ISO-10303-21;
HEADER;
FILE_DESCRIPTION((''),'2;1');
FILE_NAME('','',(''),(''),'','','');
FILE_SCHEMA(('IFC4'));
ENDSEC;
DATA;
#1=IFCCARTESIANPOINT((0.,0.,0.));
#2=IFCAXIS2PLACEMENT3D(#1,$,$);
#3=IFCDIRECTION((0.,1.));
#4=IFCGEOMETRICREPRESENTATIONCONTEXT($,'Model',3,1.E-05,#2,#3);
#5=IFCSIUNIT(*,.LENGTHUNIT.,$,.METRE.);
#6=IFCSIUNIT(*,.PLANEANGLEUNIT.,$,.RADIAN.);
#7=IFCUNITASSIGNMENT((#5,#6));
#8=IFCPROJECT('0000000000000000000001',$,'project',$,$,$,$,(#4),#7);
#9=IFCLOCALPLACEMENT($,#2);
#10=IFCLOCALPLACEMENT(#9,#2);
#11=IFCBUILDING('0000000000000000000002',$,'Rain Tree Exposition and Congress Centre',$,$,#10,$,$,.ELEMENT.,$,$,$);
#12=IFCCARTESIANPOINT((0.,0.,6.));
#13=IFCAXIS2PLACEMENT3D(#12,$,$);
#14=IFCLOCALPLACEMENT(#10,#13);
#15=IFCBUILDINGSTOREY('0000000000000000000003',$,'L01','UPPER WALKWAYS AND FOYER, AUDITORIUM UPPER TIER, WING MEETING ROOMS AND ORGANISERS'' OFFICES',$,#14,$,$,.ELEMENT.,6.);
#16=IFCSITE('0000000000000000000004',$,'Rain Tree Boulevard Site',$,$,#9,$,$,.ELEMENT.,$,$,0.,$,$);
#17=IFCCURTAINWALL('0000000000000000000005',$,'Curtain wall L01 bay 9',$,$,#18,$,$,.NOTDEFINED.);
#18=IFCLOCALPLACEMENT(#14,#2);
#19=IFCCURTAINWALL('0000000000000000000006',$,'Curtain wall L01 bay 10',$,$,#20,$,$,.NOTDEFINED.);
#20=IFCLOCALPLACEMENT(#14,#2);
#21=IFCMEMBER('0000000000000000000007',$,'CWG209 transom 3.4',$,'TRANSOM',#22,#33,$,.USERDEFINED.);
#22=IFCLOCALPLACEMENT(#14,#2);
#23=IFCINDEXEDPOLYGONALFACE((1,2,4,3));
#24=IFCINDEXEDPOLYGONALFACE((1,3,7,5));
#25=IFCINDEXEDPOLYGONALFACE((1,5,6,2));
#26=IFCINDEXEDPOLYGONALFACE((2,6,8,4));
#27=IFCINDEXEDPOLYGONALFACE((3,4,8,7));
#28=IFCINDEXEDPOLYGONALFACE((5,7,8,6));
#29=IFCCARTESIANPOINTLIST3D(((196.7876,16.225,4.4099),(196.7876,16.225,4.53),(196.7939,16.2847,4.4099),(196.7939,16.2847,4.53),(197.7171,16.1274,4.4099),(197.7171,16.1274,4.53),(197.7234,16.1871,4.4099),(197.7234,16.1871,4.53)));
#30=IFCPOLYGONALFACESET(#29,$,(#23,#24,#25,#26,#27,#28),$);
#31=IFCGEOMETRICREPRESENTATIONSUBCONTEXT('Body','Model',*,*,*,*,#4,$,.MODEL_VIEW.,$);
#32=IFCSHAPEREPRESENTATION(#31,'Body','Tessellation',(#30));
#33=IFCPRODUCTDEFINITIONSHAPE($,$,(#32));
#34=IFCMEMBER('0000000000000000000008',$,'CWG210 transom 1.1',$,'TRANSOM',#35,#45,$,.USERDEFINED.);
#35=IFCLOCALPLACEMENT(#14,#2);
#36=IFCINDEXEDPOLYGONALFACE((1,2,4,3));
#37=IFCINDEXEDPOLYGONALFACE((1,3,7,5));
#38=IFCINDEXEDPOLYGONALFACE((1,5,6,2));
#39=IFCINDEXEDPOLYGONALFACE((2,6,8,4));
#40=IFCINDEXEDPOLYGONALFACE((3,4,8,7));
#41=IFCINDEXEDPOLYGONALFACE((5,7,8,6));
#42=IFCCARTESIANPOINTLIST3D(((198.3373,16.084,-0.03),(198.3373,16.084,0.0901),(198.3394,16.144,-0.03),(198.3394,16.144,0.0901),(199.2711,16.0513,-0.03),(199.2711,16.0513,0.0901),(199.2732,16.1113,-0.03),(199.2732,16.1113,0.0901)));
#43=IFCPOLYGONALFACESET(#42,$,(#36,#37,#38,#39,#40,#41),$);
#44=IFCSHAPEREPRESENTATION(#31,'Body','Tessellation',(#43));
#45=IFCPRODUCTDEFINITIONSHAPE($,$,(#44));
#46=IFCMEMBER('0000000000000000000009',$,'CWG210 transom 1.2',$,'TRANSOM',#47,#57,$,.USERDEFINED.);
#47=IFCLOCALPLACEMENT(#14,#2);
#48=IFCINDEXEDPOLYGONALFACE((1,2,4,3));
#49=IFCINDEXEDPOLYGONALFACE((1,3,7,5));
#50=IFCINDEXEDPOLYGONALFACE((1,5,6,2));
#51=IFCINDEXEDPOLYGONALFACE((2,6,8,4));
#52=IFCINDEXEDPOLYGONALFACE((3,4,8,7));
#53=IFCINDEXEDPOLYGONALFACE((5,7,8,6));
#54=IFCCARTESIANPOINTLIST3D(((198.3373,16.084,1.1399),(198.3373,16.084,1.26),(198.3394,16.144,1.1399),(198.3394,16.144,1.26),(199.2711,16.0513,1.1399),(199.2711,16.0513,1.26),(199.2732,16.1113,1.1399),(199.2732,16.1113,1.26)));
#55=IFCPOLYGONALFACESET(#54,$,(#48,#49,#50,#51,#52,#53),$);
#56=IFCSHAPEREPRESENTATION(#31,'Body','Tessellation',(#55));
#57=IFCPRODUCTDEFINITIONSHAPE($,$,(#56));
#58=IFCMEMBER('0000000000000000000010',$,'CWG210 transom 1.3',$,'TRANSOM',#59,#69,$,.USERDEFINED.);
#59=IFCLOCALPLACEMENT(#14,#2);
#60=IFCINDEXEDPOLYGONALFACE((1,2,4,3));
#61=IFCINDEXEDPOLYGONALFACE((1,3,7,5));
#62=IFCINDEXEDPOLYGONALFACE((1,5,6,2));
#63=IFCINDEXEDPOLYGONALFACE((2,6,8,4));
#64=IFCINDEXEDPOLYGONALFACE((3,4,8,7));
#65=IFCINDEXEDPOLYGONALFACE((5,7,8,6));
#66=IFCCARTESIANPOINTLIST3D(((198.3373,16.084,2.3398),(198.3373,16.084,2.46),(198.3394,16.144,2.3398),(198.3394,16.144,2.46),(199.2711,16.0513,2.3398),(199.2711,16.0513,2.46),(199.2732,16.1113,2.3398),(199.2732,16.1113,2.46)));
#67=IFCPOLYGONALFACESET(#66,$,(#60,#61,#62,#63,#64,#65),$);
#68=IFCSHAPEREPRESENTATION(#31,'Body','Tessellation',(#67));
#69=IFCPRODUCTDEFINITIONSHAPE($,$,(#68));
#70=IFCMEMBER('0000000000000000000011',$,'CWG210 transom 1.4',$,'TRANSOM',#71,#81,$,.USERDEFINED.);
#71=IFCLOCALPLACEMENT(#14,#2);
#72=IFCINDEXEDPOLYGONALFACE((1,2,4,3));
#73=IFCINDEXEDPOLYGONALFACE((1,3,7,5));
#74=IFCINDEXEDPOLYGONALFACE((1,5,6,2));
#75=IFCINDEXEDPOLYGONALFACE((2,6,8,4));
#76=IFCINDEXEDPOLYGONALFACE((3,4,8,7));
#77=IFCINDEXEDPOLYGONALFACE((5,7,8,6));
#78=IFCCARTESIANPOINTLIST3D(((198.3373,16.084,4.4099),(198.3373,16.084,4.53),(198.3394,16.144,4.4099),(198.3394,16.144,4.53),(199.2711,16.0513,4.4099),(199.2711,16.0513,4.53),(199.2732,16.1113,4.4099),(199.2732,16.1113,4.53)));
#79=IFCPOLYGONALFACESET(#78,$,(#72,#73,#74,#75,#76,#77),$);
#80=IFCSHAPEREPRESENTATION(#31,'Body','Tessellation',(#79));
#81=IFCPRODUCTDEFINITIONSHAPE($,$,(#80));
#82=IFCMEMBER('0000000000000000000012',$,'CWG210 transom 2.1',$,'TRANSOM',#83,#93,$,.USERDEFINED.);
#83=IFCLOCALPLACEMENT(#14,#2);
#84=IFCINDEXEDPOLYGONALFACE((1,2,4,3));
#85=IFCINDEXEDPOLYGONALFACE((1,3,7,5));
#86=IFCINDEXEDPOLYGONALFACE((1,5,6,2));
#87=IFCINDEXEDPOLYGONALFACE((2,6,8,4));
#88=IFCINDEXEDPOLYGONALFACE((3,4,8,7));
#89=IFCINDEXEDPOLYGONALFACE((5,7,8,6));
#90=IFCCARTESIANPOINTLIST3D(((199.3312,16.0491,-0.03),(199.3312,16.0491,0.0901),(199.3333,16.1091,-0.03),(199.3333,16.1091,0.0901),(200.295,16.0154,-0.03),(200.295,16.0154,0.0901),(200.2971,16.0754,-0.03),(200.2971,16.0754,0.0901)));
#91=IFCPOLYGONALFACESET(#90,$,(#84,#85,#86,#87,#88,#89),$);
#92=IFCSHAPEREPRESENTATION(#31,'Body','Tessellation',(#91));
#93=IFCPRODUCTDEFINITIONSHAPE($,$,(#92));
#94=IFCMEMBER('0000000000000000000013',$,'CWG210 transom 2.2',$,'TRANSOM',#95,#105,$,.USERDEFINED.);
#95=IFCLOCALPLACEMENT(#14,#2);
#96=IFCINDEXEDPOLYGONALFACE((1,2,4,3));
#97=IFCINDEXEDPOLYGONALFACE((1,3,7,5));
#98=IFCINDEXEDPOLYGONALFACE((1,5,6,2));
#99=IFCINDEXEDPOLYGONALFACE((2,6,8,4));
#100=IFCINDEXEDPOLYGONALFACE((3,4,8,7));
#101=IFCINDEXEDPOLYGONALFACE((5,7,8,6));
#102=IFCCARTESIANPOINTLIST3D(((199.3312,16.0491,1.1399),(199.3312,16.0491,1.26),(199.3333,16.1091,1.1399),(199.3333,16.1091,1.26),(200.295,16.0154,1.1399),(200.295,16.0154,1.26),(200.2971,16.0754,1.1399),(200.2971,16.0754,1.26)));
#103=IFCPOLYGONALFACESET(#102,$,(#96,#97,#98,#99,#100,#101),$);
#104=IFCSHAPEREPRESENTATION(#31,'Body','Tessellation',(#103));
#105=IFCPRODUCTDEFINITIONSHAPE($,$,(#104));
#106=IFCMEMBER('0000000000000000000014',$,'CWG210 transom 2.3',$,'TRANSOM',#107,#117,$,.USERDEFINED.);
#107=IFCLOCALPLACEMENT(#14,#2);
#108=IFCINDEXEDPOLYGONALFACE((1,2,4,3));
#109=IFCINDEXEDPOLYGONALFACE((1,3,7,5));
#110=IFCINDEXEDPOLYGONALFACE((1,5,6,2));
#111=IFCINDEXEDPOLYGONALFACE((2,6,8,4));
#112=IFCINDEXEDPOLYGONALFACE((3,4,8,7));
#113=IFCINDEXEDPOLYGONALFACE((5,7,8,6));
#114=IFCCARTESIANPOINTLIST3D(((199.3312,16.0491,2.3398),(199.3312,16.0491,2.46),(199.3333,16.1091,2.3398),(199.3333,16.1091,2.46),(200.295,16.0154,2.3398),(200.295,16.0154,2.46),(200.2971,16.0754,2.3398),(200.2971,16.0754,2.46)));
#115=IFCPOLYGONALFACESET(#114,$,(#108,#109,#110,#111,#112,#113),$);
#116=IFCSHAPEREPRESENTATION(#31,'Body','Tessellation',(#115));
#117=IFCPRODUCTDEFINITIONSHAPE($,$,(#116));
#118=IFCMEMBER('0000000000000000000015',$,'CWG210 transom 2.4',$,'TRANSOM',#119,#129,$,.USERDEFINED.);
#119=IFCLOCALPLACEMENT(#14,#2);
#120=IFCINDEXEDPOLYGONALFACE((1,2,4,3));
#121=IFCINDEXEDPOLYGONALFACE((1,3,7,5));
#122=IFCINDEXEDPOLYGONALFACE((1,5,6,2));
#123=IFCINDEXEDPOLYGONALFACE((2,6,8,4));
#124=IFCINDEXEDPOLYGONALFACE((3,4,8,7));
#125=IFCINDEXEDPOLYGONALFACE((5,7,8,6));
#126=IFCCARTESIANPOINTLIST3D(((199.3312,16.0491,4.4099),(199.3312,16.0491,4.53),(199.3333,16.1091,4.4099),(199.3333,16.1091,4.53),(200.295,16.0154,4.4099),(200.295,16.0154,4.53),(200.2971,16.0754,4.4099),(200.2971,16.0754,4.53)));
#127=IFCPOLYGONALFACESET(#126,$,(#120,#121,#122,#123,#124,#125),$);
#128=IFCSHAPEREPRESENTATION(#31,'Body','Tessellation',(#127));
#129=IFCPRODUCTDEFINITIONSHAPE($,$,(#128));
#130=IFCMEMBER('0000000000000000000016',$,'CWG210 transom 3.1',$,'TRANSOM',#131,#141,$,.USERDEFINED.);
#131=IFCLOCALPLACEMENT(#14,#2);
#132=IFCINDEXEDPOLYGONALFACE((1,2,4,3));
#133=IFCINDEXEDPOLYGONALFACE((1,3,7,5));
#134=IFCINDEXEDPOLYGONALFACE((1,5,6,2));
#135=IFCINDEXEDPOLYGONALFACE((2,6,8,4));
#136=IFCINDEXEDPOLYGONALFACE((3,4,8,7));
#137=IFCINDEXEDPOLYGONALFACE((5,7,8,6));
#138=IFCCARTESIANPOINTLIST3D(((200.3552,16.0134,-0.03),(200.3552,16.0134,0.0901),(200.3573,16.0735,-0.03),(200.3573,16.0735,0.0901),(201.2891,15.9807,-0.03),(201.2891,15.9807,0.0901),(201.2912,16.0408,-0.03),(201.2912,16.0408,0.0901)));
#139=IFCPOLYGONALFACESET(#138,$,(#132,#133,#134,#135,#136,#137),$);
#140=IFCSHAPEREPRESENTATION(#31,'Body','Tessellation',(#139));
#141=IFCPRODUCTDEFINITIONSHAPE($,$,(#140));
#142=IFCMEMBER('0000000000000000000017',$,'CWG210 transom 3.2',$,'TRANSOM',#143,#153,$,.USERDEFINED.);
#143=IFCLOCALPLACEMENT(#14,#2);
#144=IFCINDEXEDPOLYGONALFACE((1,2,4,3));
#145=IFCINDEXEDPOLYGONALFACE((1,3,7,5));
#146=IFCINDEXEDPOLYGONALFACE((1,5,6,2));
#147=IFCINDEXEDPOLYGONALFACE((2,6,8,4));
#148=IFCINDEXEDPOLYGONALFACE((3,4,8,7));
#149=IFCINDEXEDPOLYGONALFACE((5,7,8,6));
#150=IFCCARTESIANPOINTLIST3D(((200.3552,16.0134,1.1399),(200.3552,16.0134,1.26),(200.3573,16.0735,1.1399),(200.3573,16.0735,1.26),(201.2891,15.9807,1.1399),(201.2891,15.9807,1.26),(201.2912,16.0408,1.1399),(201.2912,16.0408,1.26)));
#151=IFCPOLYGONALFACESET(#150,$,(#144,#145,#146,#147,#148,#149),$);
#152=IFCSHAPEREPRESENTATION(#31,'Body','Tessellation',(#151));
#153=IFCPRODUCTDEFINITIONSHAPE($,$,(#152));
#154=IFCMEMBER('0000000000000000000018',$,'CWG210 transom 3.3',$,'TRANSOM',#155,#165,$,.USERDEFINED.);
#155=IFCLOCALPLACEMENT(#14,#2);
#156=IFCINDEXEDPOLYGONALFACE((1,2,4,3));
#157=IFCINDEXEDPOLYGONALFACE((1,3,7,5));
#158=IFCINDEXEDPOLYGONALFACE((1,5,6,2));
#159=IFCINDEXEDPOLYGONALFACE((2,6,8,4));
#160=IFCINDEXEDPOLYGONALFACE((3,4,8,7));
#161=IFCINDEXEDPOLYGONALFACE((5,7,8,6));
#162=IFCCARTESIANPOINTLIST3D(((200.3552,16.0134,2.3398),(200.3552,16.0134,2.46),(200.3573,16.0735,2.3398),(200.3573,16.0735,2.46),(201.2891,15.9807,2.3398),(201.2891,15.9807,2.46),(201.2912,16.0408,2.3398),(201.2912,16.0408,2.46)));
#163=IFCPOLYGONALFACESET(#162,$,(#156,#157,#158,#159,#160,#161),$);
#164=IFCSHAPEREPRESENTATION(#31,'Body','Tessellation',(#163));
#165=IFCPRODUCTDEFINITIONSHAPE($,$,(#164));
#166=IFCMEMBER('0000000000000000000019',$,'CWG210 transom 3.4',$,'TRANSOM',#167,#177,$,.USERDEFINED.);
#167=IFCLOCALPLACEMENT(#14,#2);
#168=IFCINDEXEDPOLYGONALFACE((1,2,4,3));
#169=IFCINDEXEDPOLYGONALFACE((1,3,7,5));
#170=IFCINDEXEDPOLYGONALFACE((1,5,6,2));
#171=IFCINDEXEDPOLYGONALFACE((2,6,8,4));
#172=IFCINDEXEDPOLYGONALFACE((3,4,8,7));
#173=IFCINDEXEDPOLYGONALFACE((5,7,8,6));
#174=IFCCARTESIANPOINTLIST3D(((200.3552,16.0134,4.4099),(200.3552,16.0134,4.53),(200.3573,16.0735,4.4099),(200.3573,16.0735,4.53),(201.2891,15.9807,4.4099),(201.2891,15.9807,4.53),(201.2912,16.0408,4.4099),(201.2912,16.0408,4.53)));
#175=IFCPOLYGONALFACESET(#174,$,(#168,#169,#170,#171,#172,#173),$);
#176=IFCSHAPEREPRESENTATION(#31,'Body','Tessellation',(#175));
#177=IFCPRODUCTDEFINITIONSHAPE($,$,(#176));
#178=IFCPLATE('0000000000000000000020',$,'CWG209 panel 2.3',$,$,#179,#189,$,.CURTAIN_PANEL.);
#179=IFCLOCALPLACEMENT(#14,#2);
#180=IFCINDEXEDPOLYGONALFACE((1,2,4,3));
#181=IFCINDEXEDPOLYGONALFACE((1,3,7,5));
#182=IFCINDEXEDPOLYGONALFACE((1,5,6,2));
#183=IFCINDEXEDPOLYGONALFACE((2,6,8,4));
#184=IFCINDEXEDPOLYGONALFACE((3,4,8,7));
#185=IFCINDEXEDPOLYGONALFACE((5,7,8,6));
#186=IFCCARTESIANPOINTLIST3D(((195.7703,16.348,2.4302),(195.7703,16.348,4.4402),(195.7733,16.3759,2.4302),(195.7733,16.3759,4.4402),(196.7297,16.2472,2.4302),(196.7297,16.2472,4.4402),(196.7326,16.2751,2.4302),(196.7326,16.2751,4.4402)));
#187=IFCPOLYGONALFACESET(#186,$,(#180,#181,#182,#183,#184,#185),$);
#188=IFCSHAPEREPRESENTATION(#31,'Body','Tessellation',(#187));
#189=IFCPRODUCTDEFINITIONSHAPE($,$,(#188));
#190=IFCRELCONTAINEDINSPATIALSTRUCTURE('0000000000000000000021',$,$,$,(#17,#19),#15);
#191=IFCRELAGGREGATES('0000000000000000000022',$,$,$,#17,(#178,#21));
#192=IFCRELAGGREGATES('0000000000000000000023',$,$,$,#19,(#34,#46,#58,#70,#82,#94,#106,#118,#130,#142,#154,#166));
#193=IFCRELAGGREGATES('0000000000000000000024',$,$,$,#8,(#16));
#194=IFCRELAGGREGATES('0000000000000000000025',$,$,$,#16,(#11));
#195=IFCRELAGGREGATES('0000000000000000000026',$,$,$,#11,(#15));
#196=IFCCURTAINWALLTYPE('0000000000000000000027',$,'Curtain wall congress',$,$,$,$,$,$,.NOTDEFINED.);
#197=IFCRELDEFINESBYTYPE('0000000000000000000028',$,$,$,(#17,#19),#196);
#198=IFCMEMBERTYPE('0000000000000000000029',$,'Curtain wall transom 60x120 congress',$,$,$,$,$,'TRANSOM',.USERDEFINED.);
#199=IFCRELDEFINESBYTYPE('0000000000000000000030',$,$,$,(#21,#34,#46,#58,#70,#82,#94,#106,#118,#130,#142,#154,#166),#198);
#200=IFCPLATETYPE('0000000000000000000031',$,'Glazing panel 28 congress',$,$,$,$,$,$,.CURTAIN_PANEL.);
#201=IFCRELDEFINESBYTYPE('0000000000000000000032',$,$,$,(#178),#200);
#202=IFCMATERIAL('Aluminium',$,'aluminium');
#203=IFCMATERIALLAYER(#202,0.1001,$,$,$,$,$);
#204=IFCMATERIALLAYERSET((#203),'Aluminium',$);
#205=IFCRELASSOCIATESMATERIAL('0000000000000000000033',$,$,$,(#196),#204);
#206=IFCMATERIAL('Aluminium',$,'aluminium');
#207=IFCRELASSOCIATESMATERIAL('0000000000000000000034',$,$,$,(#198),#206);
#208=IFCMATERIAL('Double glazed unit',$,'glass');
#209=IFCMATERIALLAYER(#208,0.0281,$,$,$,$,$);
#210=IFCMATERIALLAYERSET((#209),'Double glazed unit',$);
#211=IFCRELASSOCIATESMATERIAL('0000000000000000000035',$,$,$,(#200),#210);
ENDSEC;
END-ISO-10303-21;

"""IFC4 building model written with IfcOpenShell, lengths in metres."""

from ifc_helpers import new_model, si_unit, direction, frame, origin, origin_2d, place, context, subcontext, project, spatial, rectangle, extrude, material, layer, layer_set, material_profile, profile_set, type_object, element, aggregate, save


model = new_model("IFC4")

# Units and contexts
model_context = context("Model", 3, precision=1e-05, world=origin(), true_north=direction((0.0, 1.0)))
body_context = subcontext(model_context, "Body", "Model", "MODEL_VIEW")
ifc_project = project(units=[si_unit("LENGTHUNIT", "METRE"), si_unit("PLANEANGLEUNIT", "RADIAN")], contexts=[model_context])

# Site, building, storey
site_placement = place(None, origin())
site = spatial("IfcSite", under=ifc_project, at=site_placement, Name="Rain Tree Boulevard Site", CompositionType="ELEMENT", RefElevation=0.0)
building_placement = place(site_placement, origin())
building = spatial("IfcBuilding", under=site, at=building_placement, Name="Rain Tree Exposition and Congress Centre", CompositionType="ELEMENT")
storey_placement = place(building_placement, frame((0.0, 0.0, 6.0)))
storey = spatial("IfcBuildingStorey", under=building, at=storey_placement, Name="L01", Description="UPPER WALKWAYS AND FOYER, AUDITORIUM UPPER TIER, WING MEETING ROOMS AND ORGANISERS' OFFICES", CompositionType="ELEMENT", Elevation=6.0)

# Curtain walls
ifc_material_1 = material(Name="Aluminium", Category="aluminium")
ifc_layer_1 = layer(ifc_material_1, 0.1001)
ifc_layer_set_1 = layer_set([ifc_layer_1], Name="Aluminium")
curtain_wall_type = type_object("IfcCurtainWallType", Name="Curtain wall congress", PredefinedType="NOTDEFINED", material=ifc_layer_set_1)
curtain_wall_1_placement = place(storey_placement, origin())
curtain_wall_1 = element("IfcCurtainWall", 1, at=curtain_wall_1_placement, inside=storey, type_object=curtain_wall_type, Name="Curtain wall L01 bay 9", PredefinedType="NOTDEFINED")
curtain_wall_2_placement = place(storey_placement, origin())
curtain_wall_2 = element("IfcCurtainWall", 2, at=curtain_wall_2_placement, inside=storey, type_object=curtain_wall_type, Name="Curtain wall L01 bay 10", PredefinedType="NOTDEFINED")

# Members
ifc_material_2 = material(Name="Aluminium", Category="aluminium")
ifc_material_profile_1 = material_profile(ifc_material_2, rectangle(XDim=0.0601, YDim=0.1201, at=origin_2d()), Name="AL 60x120")
ifc_profile_set_1 = profile_set([ifc_material_profile_1], Name="Aluminium")
member_type_1 = type_object("IfcMemberType", Name="Curtain wall transom 60x120 congress", ElementType="TRANSOM", PredefinedType="USERDEFINED", material=ifc_profile_set_1)
member_1_placement = place(storey_placement, frame((196.7908, 16.2549, 4.47), z_axis=(0.994525, -0.104494, 0.0), x_axis=(0.104494, 0.994525, 0.0)))
member_1 = element("IfcMember", 3, at=member_1_placement, type_object=member_type_1, Name="CWG209 transom 3.4", ObjectType="TRANSOM", PredefinedType="USERDEFINED", context=body_context, shape_type="SweptSolid", body=[
    extrude(rectangle(XDim=0.0601, YDim=0.1201, at=origin_2d()), origin(), (0.0, 0.0, 1.0), 0.9346),
])
member_2_placement = place(storey_placement, frame((198.3384, 16.114, 0.03), z_axis=(0.999387, -0.035011, 0.0), x_axis=(0.035011, 0.999387, 0.0)))
member_2 = element("IfcMember", 4, at=member_2_placement, type_object=member_type_1, Name="CWG210 transom 1.1", ObjectType="TRANSOM", PredefinedType="USERDEFINED", context=body_context, shape_type="SweptSolid", body=[
    extrude(rectangle(XDim=0.0601, YDim=0.1201, at=origin_2d()), origin(), (0.0, 0.0, 1.0), 0.9343),
])
member_3_placement = place(storey_placement, frame((198.3384, 16.114, 1.2), z_axis=(0.999387, -0.035011, 0.0), x_axis=(0.035011, 0.999387, 0.0)))
member_3 = element("IfcMember", 5, at=member_3_placement, type_object=member_type_1, Name="CWG210 transom 1.2", ObjectType="TRANSOM", PredefinedType="USERDEFINED", context=body_context, shape_type="SweptSolid", body=[
    extrude(rectangle(XDim=0.0601, YDim=0.1201, at=origin_2d()), origin(), (0.0, 0.0, 1.0), 0.9343),
])
member_4_placement = place(storey_placement, frame((198.3384, 16.114, 2.3999), z_axis=(0.999387, -0.035011, 0.0), x_axis=(0.035011, 0.999387, 0.0)))
member_4 = element("IfcMember", 6, at=member_4_placement, type_object=member_type_1, Name="CWG210 transom 1.3", ObjectType="TRANSOM", PredefinedType="USERDEFINED", context=body_context, shape_type="SweptSolid", body=[
    extrude(rectangle(XDim=0.0601, YDim=0.1201, at=origin_2d()), origin(), (0.0, 0.0, 1.0), 0.9343),
])
member_5_placement = place(storey_placement, frame((198.3384, 16.114, 4.47), z_axis=(0.999387, -0.035011, 0.0), x_axis=(0.035011, 0.999387, 0.0)))
member_5 = element("IfcMember", 7, at=member_5_placement, type_object=member_type_1, Name="CWG210 transom 1.4", ObjectType="TRANSOM", PredefinedType="USERDEFINED", context=body_context, shape_type="SweptSolid", body=[
    extrude(rectangle(XDim=0.0601, YDim=0.1201, at=origin_2d()), origin(), (0.0, 0.0, 1.0), 0.9343),
])
member_6_placement = place(storey_placement, frame((199.3323, 16.0791, 0.03), z_axis=(0.99939, -0.034933, 0.0), x_axis=(0.034933, 0.99939, 0.0)))
member_6 = element("IfcMember", 8, at=member_6_placement, type_object=member_type_1, Name="CWG210 transom 2.1", ObjectType="TRANSOM", PredefinedType="USERDEFINED", context=body_context, shape_type="SweptSolid", body=[
    extrude(rectangle(XDim=0.0601, YDim=0.1201, at=origin_2d()), origin(), (0.0, 0.0, 1.0), 0.9644),
])
member_7_placement = place(storey_placement, frame((199.3323, 16.0791, 1.2), z_axis=(0.99939, -0.034933, 0.0), x_axis=(0.034933, 0.99939, 0.0)))
member_7 = element("IfcMember", 9, at=member_7_placement, type_object=member_type_1, Name="CWG210 transom 2.2", ObjectType="TRANSOM", PredefinedType="USERDEFINED", context=body_context, shape_type="SweptSolid", body=[
    extrude(rectangle(XDim=0.0601, YDim=0.1201, at=origin_2d()), origin(), (0.0, 0.0, 1.0), 0.9644),
])
member_8_placement = place(storey_placement, frame((199.3323, 16.0791, 2.3999), z_axis=(0.99939, -0.034933, 0.0), x_axis=(0.034933, 0.99939, 0.0)))
member_8 = element("IfcMember", 10, at=member_8_placement, type_object=member_type_1, Name="CWG210 transom 2.3", ObjectType="TRANSOM", PredefinedType="USERDEFINED", context=body_context, shape_type="SweptSolid", body=[
    extrude(rectangle(XDim=0.0601, YDim=0.1201, at=origin_2d()), origin(), (0.0, 0.0, 1.0), 0.9644),
])
member_9_placement = place(storey_placement, frame((199.3323, 16.0791, 4.47), z_axis=(0.99939, -0.034933, 0.0), x_axis=(0.034933, 0.99939, 0.0)))
member_9 = element("IfcMember", 11, at=member_9_placement, type_object=member_type_1, Name="CWG210 transom 2.4", ObjectType="TRANSOM", PredefinedType="USERDEFINED", context=body_context, shape_type="SweptSolid", body=[
    extrude(rectangle(XDim=0.0601, YDim=0.1201, at=origin_2d()), origin(), (0.0, 0.0, 1.0), 0.9644),
])
member_10_placement = place(storey_placement, frame((200.3562, 16.0435, 0.03), z_axis=(0.999387, -0.035002, 0.0), x_axis=(0.035002, 0.999387, 0.0)))
member_10 = element("IfcMember", 12, at=member_10_placement, type_object=member_type_1, Name="CWG210 transom 3.1", ObjectType="TRANSOM", PredefinedType="USERDEFINED", context=body_context, shape_type="SweptSolid", body=[
    extrude(rectangle(XDim=0.0601, YDim=0.1201, at=origin_2d()), origin(), (0.0, 0.0, 1.0), 0.9346),
])
member_11_placement = place(storey_placement, frame((200.3562, 16.0435, 1.2), z_axis=(0.999387, -0.035002, 0.0), x_axis=(0.035002, 0.999387, 0.0)))
member_11 = element("IfcMember", 13, at=member_11_placement, type_object=member_type_1, Name="CWG210 transom 3.2", ObjectType="TRANSOM", PredefinedType="USERDEFINED", context=body_context, shape_type="SweptSolid", body=[
    extrude(rectangle(XDim=0.0601, YDim=0.1201, at=origin_2d()), origin(), (0.0, 0.0, 1.0), 0.9346),
])
member_12_placement = place(storey_placement, frame((200.3562, 16.0435, 2.3999), z_axis=(0.999387, -0.035002, 0.0), x_axis=(0.035002, 0.999387, 0.0)))
member_12 = element("IfcMember", 14, at=member_12_placement, type_object=member_type_1, Name="CWG210 transom 3.3", ObjectType="TRANSOM", PredefinedType="USERDEFINED", context=body_context, shape_type="SweptSolid", body=[
    extrude(rectangle(XDim=0.0601, YDim=0.1201, at=origin_2d()), origin(), (0.0, 0.0, 1.0), 0.9346),
])
member_13_placement = place(storey_placement, frame((200.3562, 16.0435, 4.47), z_axis=(0.999387, -0.035002, 0.0), x_axis=(0.035002, 0.999387, 0.0)))
member_13 = element("IfcMember", 15, at=member_13_placement, type_object=member_type_1, Name="CWG210 transom 3.4", ObjectType="TRANSOM", PredefinedType="USERDEFINED", context=body_context, shape_type="SweptSolid", body=[
    extrude(rectangle(XDim=0.0601, YDim=0.1201, at=origin_2d()), origin(), (0.0, 0.0, 1.0), 0.9346),
])

# Plate
ifc_material_3 = material(Name="Double glazed unit", Category="glass")
ifc_layer_2 = layer(ifc_material_3, 0.0281)
ifc_layer_set_2 = layer_set([ifc_layer_2], Name="Double glazed unit")
plate_type = type_object("IfcPlateType", Name="Glazing panel 28 congress", PredefinedType="CURTAIN_PANEL", material=ifc_layer_set_2)
plate_1_placement = place(storey_placement, frame((196.2515, 16.3115, 2.4302), z_axis=(0.0, 0.0, 1.0), x_axis=(0.994525, -0.104502, 0.0)))
plate_1 = element("IfcPlate", 16, at=plate_1_placement, type_object=plate_type, Name="CWG209 panel 2.3", PredefinedType="CURTAIN_PANEL", context=body_context, shape_type="SweptSolid", body=[
    extrude(rectangle(XDim=0.9646, YDim=0.0281, at=origin_2d()), origin(), (0.0, 0.0, 1.0), 2.01),
])
aggregate(curtain_wall_1, [plate_1, member_1])
aggregate(curtain_wall_2, [member_2, member_3, member_4, member_5, member_6, member_7, member_8, member_9, member_10, member_11, member_12, member_13])

save(model, "model.ifc")
